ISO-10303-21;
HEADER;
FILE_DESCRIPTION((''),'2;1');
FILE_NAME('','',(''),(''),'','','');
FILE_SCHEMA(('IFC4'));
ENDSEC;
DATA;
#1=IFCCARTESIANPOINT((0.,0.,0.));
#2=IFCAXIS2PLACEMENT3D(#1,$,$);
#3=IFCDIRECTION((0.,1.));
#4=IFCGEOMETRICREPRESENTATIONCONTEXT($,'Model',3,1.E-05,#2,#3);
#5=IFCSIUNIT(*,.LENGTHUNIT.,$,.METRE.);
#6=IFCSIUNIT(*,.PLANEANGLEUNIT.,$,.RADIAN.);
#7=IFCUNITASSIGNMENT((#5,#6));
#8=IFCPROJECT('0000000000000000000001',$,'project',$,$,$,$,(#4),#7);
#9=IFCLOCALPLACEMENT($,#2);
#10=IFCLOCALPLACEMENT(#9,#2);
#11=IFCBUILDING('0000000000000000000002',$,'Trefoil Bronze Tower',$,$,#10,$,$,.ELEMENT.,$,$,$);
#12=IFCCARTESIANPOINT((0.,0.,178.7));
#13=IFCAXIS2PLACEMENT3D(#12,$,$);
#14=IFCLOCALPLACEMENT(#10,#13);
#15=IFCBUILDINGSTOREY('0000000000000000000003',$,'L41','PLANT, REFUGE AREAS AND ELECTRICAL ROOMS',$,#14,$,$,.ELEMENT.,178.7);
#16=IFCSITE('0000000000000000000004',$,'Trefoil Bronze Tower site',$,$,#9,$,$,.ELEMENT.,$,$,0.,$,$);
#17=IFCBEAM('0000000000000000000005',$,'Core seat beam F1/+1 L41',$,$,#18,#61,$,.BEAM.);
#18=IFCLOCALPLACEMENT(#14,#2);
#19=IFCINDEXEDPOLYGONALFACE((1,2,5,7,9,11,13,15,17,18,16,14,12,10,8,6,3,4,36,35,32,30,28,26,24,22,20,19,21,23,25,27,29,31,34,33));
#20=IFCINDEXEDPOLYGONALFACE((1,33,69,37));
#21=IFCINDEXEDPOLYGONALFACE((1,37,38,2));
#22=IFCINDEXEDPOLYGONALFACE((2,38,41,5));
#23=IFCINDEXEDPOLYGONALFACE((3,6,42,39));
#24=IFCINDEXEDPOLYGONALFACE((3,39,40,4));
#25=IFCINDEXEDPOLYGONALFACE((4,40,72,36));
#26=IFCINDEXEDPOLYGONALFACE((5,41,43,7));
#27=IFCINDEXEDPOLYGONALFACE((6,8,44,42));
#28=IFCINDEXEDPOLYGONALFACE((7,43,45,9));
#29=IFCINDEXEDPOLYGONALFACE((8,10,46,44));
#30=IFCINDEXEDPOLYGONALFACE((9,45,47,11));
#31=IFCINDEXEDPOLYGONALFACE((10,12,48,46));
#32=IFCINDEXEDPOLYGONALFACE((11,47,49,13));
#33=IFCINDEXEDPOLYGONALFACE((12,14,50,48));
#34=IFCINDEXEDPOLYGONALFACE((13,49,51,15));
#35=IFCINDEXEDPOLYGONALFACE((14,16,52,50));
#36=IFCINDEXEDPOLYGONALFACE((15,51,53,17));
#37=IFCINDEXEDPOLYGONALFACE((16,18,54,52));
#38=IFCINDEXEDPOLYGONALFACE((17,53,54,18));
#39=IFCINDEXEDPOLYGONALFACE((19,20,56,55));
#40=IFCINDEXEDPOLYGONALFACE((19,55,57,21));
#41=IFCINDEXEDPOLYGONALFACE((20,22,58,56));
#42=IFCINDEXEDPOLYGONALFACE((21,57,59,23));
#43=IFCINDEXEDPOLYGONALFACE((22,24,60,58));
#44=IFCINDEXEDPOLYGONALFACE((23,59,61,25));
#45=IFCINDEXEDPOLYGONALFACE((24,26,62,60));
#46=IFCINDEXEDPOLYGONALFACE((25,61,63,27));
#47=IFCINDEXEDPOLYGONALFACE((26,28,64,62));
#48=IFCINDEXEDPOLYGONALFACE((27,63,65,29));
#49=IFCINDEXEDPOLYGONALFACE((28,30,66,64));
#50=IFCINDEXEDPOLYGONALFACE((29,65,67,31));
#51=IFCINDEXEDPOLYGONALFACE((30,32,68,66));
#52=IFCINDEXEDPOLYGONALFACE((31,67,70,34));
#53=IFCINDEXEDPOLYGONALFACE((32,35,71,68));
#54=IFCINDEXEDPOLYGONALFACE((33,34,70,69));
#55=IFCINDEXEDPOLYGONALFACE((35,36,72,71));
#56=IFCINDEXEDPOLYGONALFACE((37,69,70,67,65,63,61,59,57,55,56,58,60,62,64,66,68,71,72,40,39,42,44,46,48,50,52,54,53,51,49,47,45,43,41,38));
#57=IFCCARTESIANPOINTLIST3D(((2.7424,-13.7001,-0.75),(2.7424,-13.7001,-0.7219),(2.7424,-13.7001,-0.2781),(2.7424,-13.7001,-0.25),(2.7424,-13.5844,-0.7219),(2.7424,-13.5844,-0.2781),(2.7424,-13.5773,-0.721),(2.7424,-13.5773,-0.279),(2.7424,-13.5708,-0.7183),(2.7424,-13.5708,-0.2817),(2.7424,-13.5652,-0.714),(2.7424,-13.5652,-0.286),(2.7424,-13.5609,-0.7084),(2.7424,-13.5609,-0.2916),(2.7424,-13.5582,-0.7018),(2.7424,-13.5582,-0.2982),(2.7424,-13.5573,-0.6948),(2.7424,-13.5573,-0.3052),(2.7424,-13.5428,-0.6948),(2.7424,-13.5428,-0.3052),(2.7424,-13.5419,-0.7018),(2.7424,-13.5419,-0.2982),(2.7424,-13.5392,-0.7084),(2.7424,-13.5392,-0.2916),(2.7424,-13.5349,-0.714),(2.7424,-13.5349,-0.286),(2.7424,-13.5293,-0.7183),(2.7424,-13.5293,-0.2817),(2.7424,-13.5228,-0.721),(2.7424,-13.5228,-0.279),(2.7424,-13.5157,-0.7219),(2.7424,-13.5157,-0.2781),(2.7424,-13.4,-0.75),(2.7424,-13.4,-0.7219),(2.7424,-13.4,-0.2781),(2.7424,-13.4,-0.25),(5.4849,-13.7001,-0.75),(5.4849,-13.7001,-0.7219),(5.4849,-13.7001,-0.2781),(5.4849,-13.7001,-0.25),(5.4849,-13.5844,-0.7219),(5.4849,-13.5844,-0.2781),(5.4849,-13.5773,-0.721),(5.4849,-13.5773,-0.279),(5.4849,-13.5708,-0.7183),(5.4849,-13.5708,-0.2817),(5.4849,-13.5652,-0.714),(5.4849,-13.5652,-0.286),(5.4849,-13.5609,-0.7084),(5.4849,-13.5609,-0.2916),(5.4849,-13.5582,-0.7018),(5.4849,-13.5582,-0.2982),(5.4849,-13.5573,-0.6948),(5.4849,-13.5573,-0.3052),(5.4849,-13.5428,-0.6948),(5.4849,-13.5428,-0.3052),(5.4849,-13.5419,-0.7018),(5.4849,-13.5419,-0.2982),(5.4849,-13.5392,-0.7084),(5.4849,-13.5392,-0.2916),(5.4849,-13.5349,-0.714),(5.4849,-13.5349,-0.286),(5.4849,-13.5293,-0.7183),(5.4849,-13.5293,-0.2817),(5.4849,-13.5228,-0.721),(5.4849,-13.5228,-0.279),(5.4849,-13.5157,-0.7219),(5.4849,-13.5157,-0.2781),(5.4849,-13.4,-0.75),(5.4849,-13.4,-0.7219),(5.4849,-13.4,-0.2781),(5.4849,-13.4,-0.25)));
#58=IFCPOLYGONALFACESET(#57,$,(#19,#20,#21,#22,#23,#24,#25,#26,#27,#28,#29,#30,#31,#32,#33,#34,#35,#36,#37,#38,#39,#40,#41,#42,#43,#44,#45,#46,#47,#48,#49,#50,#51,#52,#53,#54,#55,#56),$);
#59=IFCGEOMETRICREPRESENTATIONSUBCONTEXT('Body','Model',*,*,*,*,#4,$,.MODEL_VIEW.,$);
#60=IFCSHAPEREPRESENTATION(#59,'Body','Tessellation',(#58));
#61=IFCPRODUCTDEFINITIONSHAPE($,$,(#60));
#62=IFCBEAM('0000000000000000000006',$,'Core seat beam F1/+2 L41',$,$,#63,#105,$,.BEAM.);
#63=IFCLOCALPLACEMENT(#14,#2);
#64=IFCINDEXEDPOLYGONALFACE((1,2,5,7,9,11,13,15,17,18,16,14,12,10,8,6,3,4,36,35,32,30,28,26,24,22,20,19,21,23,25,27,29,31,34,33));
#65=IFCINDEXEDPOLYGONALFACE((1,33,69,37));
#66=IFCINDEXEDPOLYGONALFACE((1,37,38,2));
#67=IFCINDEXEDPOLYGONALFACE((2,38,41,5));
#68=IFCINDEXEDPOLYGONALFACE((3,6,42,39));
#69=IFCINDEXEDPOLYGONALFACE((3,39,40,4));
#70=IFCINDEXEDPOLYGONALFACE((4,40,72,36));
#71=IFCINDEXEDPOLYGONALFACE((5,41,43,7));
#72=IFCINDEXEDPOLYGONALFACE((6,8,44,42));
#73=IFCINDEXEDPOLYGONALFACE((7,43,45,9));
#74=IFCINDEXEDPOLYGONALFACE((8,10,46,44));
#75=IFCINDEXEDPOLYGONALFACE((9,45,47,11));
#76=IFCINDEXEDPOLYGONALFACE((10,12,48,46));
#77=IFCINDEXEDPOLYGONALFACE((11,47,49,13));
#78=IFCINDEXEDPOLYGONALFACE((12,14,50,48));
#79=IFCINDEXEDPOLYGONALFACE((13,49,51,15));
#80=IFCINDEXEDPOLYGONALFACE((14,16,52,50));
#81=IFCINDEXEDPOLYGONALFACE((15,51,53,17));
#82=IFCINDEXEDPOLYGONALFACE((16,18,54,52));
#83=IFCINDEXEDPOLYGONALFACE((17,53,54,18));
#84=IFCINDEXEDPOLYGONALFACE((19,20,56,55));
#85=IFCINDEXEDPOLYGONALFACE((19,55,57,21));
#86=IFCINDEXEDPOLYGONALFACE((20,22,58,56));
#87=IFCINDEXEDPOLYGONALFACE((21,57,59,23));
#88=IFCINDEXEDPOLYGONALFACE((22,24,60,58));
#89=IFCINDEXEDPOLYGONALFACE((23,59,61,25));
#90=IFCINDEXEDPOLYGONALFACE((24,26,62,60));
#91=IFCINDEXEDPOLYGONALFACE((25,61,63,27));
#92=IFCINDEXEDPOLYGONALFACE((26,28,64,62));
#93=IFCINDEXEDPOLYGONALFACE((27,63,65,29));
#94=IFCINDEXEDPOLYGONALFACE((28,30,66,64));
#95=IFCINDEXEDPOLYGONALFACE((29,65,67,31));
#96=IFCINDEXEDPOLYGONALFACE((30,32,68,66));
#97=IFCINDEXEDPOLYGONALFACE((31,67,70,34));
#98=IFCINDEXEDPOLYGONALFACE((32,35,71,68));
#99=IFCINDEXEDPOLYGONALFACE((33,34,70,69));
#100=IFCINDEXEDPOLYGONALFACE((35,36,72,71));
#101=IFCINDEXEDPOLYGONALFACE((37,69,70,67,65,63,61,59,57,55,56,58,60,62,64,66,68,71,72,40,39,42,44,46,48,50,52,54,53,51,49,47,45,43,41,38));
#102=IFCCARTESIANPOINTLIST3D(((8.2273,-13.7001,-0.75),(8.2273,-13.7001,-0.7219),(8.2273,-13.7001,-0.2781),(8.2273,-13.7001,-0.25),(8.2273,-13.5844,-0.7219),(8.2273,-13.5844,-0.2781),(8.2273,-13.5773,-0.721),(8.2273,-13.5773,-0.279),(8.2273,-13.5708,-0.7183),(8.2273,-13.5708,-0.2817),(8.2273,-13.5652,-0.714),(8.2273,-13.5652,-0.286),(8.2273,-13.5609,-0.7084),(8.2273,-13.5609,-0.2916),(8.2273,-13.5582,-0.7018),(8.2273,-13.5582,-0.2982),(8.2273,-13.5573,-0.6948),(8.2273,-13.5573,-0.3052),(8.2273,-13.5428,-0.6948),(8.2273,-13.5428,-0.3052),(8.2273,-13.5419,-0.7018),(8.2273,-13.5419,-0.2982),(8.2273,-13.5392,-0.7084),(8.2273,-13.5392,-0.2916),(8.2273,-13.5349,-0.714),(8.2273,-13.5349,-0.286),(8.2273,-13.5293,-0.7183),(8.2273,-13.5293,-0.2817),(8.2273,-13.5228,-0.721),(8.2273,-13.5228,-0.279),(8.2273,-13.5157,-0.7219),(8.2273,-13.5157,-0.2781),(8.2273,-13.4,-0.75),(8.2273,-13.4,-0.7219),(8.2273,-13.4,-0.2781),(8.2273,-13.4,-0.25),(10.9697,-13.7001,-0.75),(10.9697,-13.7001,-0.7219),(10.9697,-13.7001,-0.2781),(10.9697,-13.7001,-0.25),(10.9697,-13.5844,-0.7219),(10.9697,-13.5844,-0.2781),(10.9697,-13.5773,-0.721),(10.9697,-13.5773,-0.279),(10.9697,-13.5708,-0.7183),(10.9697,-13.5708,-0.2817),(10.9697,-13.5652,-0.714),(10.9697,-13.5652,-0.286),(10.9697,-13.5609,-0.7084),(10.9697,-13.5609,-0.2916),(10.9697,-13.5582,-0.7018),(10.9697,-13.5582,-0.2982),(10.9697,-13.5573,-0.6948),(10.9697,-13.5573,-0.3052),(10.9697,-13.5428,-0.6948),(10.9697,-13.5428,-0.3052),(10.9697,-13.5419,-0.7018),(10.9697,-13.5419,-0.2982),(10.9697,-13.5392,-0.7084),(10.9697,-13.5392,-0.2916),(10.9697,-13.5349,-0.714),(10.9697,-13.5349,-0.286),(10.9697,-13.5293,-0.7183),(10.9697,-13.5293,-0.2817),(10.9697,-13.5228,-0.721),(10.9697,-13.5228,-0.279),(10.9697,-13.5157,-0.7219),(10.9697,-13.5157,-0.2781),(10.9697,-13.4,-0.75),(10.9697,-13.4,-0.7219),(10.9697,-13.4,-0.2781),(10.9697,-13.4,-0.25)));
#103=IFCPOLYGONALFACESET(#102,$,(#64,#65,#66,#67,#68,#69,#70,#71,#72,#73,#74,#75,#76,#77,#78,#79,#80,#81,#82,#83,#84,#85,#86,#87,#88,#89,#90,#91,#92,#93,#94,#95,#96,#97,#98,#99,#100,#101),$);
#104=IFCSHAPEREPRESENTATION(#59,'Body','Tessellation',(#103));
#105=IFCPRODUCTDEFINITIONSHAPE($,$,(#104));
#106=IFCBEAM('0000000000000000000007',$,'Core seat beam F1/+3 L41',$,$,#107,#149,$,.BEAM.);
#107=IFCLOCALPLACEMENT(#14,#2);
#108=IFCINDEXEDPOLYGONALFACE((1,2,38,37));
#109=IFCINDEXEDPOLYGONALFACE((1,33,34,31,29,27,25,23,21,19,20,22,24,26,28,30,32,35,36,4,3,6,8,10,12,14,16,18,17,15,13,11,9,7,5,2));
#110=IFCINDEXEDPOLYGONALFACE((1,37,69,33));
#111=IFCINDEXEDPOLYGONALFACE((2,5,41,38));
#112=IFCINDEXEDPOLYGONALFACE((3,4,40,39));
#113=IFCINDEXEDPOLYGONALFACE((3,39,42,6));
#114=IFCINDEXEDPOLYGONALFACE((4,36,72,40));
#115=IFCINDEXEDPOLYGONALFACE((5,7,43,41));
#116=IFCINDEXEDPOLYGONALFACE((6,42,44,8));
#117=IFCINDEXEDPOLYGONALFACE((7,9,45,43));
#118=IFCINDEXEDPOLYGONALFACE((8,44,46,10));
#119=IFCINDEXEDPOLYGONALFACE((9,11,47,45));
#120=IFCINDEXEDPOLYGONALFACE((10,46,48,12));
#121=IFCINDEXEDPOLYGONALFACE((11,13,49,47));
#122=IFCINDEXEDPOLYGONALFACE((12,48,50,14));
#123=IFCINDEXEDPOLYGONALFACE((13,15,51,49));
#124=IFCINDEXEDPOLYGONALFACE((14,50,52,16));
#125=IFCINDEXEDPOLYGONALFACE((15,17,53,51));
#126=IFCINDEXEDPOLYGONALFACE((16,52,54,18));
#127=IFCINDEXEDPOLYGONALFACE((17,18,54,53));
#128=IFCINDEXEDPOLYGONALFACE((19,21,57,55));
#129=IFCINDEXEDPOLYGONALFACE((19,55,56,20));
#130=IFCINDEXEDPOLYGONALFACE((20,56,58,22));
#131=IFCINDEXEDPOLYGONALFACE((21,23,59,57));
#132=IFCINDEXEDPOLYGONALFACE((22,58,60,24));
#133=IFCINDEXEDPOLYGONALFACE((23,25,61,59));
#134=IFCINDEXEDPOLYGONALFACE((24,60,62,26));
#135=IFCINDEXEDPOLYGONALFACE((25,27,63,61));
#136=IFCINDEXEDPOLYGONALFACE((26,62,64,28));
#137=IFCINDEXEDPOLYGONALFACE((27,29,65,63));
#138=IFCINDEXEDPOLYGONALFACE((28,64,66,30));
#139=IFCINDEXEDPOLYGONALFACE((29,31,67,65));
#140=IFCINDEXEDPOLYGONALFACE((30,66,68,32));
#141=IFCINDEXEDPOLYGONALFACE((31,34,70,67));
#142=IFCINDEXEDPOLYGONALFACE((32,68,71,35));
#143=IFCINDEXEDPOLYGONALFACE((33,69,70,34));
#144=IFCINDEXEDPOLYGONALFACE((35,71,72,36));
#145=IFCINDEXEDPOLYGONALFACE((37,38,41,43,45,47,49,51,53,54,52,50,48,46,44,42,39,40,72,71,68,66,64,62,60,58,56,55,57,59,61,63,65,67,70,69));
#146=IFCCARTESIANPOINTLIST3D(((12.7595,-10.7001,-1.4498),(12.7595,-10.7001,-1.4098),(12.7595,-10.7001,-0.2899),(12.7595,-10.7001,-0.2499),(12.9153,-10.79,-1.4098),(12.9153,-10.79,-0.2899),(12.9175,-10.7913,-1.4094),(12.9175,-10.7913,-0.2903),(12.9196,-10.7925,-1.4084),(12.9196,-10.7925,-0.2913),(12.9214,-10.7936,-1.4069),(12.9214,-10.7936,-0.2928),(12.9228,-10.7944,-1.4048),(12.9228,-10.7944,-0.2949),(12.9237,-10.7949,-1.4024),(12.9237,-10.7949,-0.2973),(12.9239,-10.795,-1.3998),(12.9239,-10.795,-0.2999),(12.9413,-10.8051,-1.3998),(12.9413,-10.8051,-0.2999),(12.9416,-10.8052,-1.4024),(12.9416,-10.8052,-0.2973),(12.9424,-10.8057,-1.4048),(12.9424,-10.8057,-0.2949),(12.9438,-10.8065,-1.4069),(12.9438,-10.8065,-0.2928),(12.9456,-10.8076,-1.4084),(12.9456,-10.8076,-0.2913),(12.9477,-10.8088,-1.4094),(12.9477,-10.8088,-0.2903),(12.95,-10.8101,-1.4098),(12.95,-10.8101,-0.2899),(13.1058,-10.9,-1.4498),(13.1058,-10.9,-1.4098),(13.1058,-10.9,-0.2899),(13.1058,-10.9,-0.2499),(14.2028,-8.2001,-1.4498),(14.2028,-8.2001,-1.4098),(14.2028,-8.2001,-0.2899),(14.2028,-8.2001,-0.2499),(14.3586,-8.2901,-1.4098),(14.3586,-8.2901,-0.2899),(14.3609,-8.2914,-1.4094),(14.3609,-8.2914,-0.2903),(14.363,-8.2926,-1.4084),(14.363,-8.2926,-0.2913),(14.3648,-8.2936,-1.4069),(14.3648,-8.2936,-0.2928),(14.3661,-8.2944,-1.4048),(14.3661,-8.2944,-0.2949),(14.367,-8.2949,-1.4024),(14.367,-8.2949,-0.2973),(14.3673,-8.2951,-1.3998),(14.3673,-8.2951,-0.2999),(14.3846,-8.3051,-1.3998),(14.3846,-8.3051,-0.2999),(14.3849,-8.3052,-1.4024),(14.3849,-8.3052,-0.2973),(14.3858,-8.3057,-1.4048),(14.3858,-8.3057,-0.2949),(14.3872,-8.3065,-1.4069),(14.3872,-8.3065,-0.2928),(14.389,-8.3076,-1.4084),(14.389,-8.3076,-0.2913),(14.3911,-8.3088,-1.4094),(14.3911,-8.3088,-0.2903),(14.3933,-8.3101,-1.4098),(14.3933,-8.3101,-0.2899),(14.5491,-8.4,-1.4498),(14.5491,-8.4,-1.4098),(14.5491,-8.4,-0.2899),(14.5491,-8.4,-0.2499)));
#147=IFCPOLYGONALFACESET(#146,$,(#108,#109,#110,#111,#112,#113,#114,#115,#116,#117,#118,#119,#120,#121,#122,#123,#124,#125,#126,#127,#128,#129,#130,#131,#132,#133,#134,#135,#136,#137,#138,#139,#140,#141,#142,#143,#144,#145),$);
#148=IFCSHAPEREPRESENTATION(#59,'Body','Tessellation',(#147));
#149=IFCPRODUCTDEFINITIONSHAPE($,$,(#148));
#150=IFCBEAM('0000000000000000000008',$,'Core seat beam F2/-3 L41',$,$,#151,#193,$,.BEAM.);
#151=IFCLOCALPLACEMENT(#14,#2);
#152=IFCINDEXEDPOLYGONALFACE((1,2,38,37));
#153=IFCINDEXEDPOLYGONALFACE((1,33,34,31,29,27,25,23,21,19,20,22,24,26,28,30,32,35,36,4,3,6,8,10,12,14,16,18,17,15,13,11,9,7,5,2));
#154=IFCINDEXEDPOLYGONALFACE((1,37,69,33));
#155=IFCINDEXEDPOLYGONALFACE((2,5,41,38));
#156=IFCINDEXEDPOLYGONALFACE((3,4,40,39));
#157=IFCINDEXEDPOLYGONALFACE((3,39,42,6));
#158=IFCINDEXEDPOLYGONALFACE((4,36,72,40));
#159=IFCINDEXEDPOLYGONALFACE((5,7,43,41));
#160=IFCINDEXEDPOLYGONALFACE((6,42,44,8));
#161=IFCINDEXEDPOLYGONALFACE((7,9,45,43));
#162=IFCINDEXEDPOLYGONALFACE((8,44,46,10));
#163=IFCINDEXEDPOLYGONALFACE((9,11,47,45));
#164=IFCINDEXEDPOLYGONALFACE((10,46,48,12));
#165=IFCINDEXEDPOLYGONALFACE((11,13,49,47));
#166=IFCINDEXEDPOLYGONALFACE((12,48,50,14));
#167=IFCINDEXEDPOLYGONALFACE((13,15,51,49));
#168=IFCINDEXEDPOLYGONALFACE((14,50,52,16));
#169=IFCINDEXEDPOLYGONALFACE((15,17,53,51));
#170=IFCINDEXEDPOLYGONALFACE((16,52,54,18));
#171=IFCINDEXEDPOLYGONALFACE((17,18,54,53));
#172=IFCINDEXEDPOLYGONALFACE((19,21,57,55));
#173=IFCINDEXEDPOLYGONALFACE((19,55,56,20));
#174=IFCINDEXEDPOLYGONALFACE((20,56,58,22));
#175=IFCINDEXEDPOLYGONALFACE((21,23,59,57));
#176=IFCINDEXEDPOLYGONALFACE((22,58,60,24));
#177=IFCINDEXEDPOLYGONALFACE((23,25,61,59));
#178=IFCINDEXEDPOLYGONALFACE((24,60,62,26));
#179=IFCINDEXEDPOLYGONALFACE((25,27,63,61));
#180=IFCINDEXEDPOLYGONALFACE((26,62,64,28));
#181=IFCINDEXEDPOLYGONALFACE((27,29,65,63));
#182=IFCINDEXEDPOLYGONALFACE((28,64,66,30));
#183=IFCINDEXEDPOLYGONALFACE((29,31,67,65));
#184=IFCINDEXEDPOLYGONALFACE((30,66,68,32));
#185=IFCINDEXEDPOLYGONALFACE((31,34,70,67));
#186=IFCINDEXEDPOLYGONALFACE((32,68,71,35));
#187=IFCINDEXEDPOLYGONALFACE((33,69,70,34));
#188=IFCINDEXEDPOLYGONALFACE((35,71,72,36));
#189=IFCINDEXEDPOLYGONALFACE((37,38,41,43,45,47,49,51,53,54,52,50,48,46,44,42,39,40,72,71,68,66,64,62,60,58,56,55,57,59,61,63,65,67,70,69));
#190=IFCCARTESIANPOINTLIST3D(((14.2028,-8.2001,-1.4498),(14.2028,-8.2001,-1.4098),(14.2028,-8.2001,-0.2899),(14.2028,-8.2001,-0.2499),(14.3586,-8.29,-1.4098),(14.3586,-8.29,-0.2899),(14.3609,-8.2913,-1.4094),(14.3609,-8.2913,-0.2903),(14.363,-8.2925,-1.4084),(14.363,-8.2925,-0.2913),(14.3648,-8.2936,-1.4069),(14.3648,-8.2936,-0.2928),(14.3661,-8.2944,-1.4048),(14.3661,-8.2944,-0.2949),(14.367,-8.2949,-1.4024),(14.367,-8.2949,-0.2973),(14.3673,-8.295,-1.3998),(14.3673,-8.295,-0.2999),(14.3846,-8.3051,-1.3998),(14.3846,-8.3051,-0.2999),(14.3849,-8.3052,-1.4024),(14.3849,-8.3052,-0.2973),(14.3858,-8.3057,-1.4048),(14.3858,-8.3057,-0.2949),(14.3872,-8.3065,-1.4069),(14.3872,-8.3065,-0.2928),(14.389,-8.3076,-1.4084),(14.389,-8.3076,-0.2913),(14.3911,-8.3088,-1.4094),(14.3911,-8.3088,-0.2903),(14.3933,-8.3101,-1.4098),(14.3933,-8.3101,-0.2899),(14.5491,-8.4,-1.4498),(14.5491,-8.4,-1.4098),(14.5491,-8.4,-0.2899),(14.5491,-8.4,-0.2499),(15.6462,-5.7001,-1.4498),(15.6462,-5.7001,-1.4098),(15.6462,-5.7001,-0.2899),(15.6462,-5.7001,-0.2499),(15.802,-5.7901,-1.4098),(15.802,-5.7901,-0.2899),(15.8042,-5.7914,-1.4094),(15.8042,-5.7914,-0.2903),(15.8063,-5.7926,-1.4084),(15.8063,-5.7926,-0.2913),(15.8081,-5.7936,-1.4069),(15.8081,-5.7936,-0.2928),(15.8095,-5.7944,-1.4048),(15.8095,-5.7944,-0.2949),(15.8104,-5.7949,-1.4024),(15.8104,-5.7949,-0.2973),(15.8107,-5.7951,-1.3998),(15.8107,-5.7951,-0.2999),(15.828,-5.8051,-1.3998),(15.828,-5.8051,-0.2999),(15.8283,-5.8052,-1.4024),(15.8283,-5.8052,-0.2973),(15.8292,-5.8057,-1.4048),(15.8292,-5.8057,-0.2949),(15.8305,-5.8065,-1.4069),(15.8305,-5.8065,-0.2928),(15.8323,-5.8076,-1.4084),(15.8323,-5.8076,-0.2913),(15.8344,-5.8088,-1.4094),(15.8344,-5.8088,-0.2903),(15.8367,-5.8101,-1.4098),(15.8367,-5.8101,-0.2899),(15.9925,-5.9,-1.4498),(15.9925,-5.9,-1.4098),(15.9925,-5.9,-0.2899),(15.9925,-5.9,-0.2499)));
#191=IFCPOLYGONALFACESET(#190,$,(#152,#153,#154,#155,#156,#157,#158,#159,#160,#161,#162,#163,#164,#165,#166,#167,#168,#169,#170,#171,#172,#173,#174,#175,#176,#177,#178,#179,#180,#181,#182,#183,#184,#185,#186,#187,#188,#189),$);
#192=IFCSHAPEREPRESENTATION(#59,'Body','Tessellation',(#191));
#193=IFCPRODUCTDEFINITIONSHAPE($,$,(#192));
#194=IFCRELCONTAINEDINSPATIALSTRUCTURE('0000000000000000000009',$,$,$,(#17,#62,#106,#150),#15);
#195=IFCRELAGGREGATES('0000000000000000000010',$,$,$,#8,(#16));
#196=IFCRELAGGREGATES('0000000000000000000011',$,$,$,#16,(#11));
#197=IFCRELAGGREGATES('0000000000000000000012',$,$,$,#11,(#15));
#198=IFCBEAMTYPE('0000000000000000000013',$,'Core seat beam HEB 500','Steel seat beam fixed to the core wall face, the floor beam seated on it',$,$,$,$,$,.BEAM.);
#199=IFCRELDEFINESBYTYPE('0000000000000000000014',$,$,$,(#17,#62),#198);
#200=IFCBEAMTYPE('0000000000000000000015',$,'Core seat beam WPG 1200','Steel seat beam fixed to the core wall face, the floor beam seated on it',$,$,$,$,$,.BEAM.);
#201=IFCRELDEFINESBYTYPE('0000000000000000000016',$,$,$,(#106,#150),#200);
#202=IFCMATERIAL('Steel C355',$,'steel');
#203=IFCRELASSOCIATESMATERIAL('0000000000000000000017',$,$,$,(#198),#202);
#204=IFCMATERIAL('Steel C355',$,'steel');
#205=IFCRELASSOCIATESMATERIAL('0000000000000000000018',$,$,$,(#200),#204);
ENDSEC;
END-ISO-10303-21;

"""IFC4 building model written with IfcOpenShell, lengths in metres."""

from ifc_helpers import new_model, si_unit, direction, frame, origin, origin_2d, place, context, subcontext, project, spatial, i_section, extrude, material, material_profile, profile_set, type_object, element, save


model = new_model("IFC4")

# Units and contexts
model_context = context("Model", 3, precision=1e-05, world=origin(), true_north=direction((0.0, 1.0)))
body_context = subcontext(model_context, "Body", "Model", "MODEL_VIEW")
ifc_project = project(units=[si_unit("LENGTHUNIT", "METRE"), si_unit("PLANEANGLEUNIT", "RADIAN")], contexts=[model_context])

# Site, building, storey
site_placement = place(None, origin())
site = spatial("IfcSite", under=ifc_project, at=site_placement, Name="Trefoil Bronze Tower site", CompositionType="ELEMENT", RefElevation=0.0)
building_placement = place(site_placement, origin())
building = spatial("IfcBuilding", under=site, at=building_placement, Name="Trefoil Bronze Tower", CompositionType="ELEMENT")
storey_placement = place(building_placement, frame((0.0, 0.0, 178.7)))
storey = spatial("IfcBuildingStorey", under=building, at=storey_placement, Name="L41", Description="PLANT, REFUGE AREAS AND ELECTRICAL ROOMS", CompositionType="ELEMENT", Elevation=178.7)

# Beams
ifc_material_1 = material(Name="Steel C355", Category="steel")
ifc_material_profile_1 = material_profile(ifc_material_1, i_section(OverallWidth=0.3, OverallDepth=0.5, WebThickness=0.0144, FlangeThickness=0.0281, FilletRadius=0.0271, at=origin_2d()), Name="HEB 500")
ifc_profile_set_1 = profile_set([ifc_material_profile_1], Name="Steel C355")
beam_type_1 = type_object("IfcBeamType", Name="Core seat beam HEB 500", Description="Steel seat beam fixed to the core wall face, the floor beam seated on it", PredefinedType="BEAM", material=ifc_profile_set_1)
for number, where, z_axis, x_axis, name in (
    (1, (2.7424, -13.55, -0.5), (1.0, 0.0, 0.0), (0.0, 1.0, 0.0), "Core seat beam F1/+1 L41"),
    (2, (8.2273, -13.55, -0.5), (1.0, 0.0, 0.0), (0.0, 1.0, 0.0), "Core seat beam F1/+2 L41"),
):
    element("IfcBeam", number, at=place(storey_placement, frame(where, z_axis=z_axis, x_axis=x_axis)), inside=storey, type_object=beam_type_1, Name=name, PredefinedType="BEAM", context=body_context, shape_type="SweptSolid", body=[
        extrude(i_section(OverallWidth=0.3, OverallDepth=0.5, WebThickness=0.0144, FlangeThickness=0.0281, FilletRadius=0.0271, at=origin_2d()), origin(), (0.0, 0.0, 1.0), 2.7424),
    ])
ifc_material_2 = material(Name="Steel C355", Category="steel")
ifc_material_profile_2 = material_profile(ifc_material_2, i_section(OverallWidth=0.3999, OverallDepth=1.2, WebThickness=0.02, FlangeThickness=0.04, FilletRadius=0.01, at=origin_2d()), Name="WPG 1200")
ifc_profile_set_2 = profile_set([ifc_material_profile_2], Name="Steel C355")
beam_type_2 = type_object("IfcBeamType", Name="Core seat beam WPG 1200", Description="Steel seat beam fixed to the core wall face, the floor beam seated on it", PredefinedType="BEAM", material=ifc_profile_set_2)
for number, where, z_axis, x_axis, name in (
    (3, (12.9326, -10.8, -0.8499), (0.499996, 0.866028, 0.0), (-0.866028, 0.499996, 0.0), "Core seat beam F1/+3 L41"),
    (4, (14.376, -8.3, -0.8499), (0.499996, 0.866028, 0.0), (-0.866028, 0.499996, 0.0), "Core seat beam F2/-3 L41"),
):
    element("IfcBeam", number, at=place(storey_placement, frame(where, z_axis=z_axis, x_axis=x_axis)), inside=storey, type_object=beam_type_2, Name=name, PredefinedType="BEAM", context=body_context, shape_type="SweptSolid", body=[
        extrude(i_section(OverallWidth=0.3999, OverallDepth=1.2, WebThickness=0.02, FlangeThickness=0.04, FilletRadius=0.01, at=origin_2d()), origin(), (0.0, 0.0, 1.0), 2.8867),
    ])

save(model, "model.ifc")
